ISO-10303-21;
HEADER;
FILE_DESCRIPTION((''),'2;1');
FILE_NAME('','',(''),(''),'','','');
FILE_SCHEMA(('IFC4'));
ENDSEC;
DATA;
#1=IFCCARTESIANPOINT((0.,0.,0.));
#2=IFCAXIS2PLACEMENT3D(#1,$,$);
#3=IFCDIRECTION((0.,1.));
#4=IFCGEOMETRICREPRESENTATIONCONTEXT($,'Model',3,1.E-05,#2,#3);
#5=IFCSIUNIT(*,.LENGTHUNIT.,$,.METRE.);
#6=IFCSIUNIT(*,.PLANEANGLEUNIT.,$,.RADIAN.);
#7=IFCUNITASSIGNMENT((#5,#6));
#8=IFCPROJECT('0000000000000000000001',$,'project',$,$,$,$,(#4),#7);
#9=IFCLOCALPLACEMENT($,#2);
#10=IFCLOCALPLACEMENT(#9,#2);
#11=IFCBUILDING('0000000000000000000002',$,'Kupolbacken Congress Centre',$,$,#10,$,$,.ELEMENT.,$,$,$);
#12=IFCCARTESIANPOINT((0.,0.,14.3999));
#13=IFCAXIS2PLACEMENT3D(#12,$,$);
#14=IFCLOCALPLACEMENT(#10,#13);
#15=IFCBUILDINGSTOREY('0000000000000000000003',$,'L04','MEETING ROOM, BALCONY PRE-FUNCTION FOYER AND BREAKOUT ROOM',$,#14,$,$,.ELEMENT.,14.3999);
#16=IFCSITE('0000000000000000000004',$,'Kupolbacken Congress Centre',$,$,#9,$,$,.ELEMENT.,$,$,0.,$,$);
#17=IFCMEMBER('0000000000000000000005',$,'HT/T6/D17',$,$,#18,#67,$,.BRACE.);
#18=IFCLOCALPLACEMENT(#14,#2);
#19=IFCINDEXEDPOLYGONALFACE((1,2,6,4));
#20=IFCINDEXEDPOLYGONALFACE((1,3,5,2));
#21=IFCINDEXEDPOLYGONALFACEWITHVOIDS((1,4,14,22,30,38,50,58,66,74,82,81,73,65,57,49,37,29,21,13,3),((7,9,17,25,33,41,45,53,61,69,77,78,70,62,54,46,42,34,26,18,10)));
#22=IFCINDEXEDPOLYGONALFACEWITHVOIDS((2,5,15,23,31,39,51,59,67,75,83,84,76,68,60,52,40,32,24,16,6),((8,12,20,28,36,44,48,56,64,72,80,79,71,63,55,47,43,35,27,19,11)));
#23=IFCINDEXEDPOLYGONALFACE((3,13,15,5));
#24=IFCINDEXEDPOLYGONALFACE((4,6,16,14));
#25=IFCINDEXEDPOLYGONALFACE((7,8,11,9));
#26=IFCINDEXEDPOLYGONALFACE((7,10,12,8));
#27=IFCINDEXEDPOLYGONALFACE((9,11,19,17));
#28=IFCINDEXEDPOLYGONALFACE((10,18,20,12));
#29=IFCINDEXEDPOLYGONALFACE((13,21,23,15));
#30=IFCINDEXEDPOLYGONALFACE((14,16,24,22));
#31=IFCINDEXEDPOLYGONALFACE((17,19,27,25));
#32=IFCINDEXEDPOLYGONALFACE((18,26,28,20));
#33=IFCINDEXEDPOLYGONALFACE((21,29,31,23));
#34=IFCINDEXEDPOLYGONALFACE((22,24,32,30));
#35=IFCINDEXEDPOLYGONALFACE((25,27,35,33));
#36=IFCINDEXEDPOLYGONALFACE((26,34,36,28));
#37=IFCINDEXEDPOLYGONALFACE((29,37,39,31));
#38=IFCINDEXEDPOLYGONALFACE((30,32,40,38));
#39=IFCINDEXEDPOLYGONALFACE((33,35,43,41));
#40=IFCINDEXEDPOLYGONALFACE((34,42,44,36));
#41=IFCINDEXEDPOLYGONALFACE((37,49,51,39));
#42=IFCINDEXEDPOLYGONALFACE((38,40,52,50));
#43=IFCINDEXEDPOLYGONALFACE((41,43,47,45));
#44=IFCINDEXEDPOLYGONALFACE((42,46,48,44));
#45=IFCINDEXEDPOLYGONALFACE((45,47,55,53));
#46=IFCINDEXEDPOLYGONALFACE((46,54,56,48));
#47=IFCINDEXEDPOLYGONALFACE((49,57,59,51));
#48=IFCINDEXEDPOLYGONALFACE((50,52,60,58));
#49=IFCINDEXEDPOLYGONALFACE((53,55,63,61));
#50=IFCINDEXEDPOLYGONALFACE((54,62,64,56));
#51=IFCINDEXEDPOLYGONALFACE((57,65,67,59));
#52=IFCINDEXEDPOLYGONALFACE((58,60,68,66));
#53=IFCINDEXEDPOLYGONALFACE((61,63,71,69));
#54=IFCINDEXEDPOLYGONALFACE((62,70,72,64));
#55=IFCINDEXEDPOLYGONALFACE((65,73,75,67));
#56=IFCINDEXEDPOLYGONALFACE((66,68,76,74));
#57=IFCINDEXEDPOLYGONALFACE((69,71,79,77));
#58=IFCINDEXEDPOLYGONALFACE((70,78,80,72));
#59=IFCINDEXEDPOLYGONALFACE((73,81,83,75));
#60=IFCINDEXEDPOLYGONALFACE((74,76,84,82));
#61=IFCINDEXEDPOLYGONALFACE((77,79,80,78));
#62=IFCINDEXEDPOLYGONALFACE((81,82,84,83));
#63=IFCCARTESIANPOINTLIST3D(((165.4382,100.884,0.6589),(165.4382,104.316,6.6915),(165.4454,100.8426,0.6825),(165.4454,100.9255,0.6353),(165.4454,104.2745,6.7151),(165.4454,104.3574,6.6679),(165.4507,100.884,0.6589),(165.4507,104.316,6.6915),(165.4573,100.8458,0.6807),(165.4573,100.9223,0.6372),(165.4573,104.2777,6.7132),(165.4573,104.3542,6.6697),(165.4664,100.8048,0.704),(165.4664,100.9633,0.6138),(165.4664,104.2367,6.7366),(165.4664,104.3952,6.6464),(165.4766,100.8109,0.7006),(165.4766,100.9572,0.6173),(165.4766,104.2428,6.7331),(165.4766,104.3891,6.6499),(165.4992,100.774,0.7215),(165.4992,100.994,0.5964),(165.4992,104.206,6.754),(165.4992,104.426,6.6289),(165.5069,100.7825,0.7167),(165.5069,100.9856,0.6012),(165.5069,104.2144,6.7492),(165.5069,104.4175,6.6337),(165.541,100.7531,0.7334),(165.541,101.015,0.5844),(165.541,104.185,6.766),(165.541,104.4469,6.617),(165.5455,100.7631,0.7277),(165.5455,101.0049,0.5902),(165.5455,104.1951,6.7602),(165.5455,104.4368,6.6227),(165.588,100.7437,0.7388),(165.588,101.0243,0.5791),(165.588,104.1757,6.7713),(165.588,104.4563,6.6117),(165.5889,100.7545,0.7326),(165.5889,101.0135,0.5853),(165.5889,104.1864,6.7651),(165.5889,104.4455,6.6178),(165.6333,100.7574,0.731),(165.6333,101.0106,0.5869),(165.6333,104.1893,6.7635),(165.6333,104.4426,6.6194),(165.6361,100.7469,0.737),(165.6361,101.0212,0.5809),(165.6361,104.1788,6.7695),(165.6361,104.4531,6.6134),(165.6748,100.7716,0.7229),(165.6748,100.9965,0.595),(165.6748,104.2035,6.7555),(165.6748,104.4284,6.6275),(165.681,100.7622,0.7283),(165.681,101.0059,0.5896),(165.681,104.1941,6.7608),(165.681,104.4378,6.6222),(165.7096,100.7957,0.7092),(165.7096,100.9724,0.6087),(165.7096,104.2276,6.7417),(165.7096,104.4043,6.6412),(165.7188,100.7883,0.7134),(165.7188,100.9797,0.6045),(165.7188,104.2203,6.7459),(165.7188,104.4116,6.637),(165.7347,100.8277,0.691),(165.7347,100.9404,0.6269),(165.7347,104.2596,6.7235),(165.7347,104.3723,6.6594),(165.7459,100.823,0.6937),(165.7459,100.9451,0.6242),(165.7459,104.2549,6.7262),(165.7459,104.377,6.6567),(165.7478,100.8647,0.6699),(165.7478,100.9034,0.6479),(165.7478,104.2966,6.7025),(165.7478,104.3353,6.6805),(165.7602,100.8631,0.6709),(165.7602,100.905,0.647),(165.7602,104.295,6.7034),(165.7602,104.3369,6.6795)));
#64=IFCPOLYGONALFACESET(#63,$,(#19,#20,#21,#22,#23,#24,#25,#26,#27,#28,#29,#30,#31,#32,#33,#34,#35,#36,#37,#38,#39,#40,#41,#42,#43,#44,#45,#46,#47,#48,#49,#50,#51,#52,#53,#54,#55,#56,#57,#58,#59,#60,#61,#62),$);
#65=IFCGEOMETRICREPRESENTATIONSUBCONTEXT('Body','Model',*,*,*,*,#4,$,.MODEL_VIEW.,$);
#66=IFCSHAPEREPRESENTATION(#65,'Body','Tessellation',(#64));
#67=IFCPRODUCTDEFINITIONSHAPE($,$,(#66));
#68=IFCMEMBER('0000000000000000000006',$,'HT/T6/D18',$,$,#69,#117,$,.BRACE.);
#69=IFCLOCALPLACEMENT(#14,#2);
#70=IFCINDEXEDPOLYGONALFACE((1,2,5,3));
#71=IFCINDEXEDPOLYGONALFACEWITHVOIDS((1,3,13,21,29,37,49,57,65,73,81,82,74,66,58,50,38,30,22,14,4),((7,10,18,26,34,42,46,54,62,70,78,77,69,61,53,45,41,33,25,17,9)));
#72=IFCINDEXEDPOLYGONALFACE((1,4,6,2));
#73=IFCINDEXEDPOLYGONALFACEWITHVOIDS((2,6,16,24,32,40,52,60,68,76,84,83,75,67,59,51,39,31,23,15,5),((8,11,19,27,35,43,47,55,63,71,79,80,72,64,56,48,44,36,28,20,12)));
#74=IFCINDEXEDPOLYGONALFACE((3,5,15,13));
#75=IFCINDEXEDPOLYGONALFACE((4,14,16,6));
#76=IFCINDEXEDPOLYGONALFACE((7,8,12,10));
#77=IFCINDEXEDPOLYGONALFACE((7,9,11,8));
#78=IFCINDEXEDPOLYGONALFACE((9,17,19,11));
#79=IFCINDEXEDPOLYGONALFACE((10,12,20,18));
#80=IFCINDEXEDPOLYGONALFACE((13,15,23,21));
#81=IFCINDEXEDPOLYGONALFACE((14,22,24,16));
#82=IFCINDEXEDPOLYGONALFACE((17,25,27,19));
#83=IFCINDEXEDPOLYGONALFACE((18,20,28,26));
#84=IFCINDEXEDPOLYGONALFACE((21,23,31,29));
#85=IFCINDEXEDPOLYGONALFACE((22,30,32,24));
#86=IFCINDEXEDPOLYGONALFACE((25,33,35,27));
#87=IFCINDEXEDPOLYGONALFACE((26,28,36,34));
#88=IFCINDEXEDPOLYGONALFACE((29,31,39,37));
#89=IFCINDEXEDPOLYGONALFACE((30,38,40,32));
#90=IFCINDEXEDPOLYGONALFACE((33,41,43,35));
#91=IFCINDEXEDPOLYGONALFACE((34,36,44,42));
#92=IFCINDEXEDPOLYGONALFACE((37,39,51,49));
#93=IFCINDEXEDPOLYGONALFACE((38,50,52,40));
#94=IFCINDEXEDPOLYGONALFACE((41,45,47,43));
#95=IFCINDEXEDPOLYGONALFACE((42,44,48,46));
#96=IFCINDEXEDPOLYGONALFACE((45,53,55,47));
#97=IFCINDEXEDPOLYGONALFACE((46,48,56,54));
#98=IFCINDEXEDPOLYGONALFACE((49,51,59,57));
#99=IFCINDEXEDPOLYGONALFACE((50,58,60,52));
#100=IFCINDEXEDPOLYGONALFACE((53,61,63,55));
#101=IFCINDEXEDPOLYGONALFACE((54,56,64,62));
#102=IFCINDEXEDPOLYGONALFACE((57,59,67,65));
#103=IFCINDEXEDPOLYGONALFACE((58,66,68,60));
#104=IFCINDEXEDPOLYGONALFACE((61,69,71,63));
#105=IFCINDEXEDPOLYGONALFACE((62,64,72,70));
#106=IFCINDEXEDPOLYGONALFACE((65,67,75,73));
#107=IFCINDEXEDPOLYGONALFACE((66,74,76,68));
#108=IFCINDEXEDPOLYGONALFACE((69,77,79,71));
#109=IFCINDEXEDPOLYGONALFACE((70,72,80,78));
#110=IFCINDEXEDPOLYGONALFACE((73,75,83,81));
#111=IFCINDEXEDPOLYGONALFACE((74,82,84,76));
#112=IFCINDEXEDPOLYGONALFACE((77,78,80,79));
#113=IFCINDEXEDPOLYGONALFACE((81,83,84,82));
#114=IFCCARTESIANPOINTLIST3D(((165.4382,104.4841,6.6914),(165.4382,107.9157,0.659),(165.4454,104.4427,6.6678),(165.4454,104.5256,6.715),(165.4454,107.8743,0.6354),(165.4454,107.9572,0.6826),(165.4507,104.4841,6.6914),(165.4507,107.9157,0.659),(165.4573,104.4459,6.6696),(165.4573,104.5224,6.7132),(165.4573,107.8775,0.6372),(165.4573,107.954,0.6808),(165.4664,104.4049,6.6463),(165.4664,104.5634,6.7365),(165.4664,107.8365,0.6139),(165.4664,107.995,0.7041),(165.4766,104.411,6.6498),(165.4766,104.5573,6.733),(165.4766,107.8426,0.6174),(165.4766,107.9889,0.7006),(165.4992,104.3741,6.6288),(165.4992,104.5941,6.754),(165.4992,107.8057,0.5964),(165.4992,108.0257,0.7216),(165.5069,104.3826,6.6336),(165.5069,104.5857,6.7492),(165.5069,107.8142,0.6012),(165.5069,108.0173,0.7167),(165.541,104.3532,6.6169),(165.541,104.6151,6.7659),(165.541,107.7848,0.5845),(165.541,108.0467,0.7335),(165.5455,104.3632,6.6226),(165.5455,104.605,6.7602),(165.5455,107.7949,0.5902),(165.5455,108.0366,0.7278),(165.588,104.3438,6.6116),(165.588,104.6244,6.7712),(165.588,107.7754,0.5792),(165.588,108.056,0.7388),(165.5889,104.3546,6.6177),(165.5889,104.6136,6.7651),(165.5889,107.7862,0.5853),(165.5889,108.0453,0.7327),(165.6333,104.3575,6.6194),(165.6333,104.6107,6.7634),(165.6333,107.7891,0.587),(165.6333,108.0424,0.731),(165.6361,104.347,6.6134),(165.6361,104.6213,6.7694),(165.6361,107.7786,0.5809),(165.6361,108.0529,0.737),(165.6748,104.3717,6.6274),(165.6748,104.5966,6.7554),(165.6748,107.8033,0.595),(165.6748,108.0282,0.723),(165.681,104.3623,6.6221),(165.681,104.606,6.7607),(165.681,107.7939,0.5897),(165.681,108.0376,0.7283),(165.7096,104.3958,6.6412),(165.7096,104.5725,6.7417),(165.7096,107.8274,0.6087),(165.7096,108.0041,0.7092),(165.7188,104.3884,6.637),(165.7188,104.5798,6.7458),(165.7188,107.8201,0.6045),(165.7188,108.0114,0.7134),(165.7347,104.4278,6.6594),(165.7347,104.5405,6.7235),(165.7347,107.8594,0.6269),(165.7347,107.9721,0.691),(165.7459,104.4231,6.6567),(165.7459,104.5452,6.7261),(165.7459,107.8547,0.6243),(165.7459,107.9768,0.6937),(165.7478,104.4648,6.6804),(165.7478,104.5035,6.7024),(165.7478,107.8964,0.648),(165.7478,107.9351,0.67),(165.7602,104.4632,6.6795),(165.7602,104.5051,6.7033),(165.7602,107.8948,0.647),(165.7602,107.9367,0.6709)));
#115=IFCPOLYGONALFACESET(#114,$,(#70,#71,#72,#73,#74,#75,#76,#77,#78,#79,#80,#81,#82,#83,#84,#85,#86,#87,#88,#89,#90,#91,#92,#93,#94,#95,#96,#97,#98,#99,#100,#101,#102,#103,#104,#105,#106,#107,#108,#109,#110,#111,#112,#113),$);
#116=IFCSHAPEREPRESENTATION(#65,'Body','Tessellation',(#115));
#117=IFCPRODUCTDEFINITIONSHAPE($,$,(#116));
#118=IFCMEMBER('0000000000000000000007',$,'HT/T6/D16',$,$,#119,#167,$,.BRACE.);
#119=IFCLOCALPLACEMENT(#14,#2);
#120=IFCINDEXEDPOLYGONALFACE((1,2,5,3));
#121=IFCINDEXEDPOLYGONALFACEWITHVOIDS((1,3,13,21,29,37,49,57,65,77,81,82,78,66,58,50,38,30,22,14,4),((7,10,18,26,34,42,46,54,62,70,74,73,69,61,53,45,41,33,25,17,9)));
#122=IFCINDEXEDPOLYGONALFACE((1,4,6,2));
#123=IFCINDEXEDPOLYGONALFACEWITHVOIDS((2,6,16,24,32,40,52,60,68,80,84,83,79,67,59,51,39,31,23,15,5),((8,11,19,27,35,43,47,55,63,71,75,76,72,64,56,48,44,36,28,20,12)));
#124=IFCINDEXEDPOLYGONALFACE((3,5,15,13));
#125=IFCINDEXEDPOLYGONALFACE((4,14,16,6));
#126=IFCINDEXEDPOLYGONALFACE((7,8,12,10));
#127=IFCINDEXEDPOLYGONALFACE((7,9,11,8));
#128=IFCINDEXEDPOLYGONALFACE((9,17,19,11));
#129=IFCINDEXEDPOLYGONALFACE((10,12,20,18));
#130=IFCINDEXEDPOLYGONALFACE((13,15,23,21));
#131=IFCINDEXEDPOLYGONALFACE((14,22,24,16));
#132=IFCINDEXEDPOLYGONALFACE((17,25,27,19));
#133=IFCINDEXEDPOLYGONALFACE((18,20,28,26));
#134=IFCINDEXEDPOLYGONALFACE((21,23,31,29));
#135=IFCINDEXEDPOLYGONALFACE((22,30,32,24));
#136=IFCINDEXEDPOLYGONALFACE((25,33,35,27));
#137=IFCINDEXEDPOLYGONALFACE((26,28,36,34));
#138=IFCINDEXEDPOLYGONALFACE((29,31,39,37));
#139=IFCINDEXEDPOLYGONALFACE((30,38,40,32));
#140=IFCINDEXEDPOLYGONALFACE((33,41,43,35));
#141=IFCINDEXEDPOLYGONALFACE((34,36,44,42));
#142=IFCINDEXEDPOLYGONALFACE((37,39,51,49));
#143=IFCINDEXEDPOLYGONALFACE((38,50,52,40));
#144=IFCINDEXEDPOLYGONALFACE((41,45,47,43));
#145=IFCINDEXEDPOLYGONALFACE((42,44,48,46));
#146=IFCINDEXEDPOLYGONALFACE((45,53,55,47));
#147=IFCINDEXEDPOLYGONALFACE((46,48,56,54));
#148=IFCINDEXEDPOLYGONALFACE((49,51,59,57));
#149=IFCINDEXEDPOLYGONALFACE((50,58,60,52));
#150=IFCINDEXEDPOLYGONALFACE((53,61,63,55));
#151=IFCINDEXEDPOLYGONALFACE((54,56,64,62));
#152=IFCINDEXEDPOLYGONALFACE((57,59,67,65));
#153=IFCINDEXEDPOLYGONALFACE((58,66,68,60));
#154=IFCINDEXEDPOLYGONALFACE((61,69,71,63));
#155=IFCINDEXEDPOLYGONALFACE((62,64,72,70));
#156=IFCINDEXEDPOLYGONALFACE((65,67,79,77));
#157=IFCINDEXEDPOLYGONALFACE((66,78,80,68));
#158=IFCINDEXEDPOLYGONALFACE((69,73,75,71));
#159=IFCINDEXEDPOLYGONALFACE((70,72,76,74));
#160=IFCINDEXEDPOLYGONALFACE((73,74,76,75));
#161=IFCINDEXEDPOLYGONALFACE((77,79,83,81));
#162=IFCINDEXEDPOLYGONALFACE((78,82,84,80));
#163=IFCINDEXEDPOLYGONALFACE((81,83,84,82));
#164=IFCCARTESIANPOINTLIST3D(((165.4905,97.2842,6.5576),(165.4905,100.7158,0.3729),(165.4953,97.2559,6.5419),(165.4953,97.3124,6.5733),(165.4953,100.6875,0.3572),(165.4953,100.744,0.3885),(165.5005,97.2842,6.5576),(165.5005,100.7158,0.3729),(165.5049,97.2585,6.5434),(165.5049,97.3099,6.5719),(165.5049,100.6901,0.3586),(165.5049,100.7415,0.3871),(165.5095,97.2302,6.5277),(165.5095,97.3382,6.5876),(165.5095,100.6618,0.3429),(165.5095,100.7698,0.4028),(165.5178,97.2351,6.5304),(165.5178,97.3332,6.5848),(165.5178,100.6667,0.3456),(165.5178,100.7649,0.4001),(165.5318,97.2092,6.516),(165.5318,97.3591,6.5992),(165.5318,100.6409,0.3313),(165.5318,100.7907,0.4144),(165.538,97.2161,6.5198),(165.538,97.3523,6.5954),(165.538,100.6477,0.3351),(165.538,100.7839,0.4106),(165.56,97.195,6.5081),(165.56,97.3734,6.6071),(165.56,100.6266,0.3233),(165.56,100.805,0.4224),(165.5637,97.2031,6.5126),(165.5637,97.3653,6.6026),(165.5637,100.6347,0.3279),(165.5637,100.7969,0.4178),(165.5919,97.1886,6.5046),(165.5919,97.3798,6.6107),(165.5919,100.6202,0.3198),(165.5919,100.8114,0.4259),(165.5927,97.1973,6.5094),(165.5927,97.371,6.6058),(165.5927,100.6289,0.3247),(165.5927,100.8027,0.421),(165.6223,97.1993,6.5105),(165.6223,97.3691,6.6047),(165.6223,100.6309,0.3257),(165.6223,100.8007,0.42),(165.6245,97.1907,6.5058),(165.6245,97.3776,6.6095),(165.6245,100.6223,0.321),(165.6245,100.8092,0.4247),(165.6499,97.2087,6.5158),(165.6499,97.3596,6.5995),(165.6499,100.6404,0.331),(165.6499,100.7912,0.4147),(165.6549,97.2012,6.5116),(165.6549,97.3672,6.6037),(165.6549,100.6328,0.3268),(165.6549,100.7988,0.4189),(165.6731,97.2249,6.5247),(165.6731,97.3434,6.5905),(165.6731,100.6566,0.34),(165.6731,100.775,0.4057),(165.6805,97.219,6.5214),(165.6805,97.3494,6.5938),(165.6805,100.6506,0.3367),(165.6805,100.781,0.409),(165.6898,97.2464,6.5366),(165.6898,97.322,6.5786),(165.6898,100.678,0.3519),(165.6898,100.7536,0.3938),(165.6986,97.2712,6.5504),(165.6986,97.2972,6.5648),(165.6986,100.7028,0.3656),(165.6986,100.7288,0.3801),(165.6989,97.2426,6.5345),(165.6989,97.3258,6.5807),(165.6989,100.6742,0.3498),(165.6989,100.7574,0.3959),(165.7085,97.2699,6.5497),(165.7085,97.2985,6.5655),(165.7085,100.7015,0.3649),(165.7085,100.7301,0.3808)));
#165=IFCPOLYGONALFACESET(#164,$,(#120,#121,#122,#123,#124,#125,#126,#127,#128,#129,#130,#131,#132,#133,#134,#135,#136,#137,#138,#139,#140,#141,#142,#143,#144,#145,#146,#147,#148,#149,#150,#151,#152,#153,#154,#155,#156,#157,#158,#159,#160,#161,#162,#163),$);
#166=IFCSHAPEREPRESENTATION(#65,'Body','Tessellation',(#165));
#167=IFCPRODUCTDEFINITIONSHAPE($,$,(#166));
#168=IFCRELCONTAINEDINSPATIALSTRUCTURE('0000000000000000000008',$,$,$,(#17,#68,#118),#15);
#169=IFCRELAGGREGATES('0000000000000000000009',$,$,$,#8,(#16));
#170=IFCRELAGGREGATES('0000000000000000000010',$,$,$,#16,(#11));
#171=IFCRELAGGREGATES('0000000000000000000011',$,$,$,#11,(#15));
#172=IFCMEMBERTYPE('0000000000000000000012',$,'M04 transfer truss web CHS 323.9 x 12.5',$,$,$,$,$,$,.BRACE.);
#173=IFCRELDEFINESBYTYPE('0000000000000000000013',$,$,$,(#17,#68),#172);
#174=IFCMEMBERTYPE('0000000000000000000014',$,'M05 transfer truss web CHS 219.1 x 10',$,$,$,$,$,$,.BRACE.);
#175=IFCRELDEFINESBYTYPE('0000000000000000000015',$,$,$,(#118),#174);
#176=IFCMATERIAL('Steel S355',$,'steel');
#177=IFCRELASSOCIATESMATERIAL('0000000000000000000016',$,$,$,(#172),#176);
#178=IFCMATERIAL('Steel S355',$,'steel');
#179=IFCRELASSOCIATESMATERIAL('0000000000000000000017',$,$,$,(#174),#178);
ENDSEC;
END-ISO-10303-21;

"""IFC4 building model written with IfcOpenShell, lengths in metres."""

from ifc_helpers import new_model, si_unit, direction, frame, origin, origin_2d, place, context, subcontext, project, spatial, hollow_circle, extrude, material, material_profile, profile_set, type_object, element, save


model = new_model("IFC4")

# Units and contexts
model_context = context("Model", 3, precision=1e-05, world=origin(), true_north=direction((0.0, 1.0)))
body_context = subcontext(model_context, "Body", "Model", "MODEL_VIEW")
ifc_project = project(units=[si_unit("LENGTHUNIT", "METRE"), si_unit("PLANEANGLEUNIT", "RADIAN")], contexts=[model_context])

# Site, building, storey
site_placement = place(None, origin())
site = spatial("IfcSite", under=ifc_project, at=site_placement, Name="Kupolbacken Congress Centre", CompositionType="ELEMENT", RefElevation=0.0)
building_placement = place(site_placement, origin())
building = spatial("IfcBuilding", under=site, at=building_placement, Name="Kupolbacken Congress Centre", CompositionType="ELEMENT")
storey_placement = place(building_placement, frame((0.0, 0.0, 14.3999)))
storey = spatial("IfcBuildingStorey", under=building, at=storey_placement, Name="L04", Description="MEETING ROOM, BALCONY PRE-FUNCTION FOYER AND BREAKOUT ROOM", CompositionType="ELEMENT", Elevation=14.3999)

# Members
ifc_material_1 = material(Name="Steel S355", Category="steel")
ifc_material_profile_1 = material_profile(ifc_material_1, hollow_circle(Radius=0.1619, WallThickness=0.0125, at=origin_2d()), Name="CHS 323.9 x 12.5")
ifc_profile_set_1 = profile_set([ifc_material_profile_1], Name="Steel S355")
member_type_1 = type_object("IfcMemberType", Name="M04 transfer truss web CHS 323.9 x 12.5", PredefinedType="BRACE", material=ifc_profile_set_1)
member_1_placement = place(storey_placement, frame((165.6001, 100.884, 0.6589), z_axis=(0.0, 0.494483, 0.869188), x_axis=(-1.0, 0.0, 0.0)))
element("IfcMember", 1, at=member_1_placement, inside=storey, type_object=member_type_1, Name="HT/T6/D17", PredefinedType="BRACE", context=body_context, shape_type="SweptSolid", body=[
    extrude(hollow_circle(Radius=0.1619, WallThickness=0.0125, at=origin_2d()), origin(), (0.0, 0.0, 1.0), 6.9404),
])
member_2_placement = place(storey_placement, frame((165.6001, 104.4841, 6.6914), z_axis=(0.0, 0.494456, -0.869203), x_axis=(-1.0, 0.0, 0.0)))
element("IfcMember", 2, at=member_2_placement, inside=storey, type_object=member_type_1, Name="HT/T6/D18", PredefinedType="BRACE", context=body_context, shape_type="SweptSolid", body=[
    extrude(hollow_circle(Radius=0.1619, WallThickness=0.0125, at=origin_2d()), origin(), (0.0, 0.0, 1.0), 6.9402),
])
ifc_material_2 = material(Name="Steel S355", Category="steel")
ifc_material_profile_2 = material_profile(ifc_material_2, hollow_circle(Radius=0.1096, WallThickness=0.01, at=origin_2d()), Name="CHS 219.1 x 10")
ifc_profile_set_2 = profile_set([ifc_material_profile_2], Name="Steel S355")
member_type_2 = type_object("IfcMemberType", Name="M05 transfer truss web CHS 219.1 x 10", PredefinedType="BRACE", material=ifc_profile_set_2)
for number, where, z_axis, x_axis, name in (
    (3, (165.6001, 97.2842, 6.5576), (0.0, 0.485171, -0.874419), (-1.0, 0.0, 0.0), "HT/T6/D16"),
):
    element("IfcMember", number, at=place(storey_placement, frame(where, z_axis=z_axis, x_axis=x_axis)), inside=storey, type_object=member_type_2, Name=name, PredefinedType="BRACE", context=body_context, shape_type="SweptSolid", body=[
        extrude(hollow_circle(Radius=0.1096, WallThickness=0.01, at=origin_2d()), origin(), (0.0, 0.0, 1.0), 7.073),
    ])

save(model, "model.ifc")
